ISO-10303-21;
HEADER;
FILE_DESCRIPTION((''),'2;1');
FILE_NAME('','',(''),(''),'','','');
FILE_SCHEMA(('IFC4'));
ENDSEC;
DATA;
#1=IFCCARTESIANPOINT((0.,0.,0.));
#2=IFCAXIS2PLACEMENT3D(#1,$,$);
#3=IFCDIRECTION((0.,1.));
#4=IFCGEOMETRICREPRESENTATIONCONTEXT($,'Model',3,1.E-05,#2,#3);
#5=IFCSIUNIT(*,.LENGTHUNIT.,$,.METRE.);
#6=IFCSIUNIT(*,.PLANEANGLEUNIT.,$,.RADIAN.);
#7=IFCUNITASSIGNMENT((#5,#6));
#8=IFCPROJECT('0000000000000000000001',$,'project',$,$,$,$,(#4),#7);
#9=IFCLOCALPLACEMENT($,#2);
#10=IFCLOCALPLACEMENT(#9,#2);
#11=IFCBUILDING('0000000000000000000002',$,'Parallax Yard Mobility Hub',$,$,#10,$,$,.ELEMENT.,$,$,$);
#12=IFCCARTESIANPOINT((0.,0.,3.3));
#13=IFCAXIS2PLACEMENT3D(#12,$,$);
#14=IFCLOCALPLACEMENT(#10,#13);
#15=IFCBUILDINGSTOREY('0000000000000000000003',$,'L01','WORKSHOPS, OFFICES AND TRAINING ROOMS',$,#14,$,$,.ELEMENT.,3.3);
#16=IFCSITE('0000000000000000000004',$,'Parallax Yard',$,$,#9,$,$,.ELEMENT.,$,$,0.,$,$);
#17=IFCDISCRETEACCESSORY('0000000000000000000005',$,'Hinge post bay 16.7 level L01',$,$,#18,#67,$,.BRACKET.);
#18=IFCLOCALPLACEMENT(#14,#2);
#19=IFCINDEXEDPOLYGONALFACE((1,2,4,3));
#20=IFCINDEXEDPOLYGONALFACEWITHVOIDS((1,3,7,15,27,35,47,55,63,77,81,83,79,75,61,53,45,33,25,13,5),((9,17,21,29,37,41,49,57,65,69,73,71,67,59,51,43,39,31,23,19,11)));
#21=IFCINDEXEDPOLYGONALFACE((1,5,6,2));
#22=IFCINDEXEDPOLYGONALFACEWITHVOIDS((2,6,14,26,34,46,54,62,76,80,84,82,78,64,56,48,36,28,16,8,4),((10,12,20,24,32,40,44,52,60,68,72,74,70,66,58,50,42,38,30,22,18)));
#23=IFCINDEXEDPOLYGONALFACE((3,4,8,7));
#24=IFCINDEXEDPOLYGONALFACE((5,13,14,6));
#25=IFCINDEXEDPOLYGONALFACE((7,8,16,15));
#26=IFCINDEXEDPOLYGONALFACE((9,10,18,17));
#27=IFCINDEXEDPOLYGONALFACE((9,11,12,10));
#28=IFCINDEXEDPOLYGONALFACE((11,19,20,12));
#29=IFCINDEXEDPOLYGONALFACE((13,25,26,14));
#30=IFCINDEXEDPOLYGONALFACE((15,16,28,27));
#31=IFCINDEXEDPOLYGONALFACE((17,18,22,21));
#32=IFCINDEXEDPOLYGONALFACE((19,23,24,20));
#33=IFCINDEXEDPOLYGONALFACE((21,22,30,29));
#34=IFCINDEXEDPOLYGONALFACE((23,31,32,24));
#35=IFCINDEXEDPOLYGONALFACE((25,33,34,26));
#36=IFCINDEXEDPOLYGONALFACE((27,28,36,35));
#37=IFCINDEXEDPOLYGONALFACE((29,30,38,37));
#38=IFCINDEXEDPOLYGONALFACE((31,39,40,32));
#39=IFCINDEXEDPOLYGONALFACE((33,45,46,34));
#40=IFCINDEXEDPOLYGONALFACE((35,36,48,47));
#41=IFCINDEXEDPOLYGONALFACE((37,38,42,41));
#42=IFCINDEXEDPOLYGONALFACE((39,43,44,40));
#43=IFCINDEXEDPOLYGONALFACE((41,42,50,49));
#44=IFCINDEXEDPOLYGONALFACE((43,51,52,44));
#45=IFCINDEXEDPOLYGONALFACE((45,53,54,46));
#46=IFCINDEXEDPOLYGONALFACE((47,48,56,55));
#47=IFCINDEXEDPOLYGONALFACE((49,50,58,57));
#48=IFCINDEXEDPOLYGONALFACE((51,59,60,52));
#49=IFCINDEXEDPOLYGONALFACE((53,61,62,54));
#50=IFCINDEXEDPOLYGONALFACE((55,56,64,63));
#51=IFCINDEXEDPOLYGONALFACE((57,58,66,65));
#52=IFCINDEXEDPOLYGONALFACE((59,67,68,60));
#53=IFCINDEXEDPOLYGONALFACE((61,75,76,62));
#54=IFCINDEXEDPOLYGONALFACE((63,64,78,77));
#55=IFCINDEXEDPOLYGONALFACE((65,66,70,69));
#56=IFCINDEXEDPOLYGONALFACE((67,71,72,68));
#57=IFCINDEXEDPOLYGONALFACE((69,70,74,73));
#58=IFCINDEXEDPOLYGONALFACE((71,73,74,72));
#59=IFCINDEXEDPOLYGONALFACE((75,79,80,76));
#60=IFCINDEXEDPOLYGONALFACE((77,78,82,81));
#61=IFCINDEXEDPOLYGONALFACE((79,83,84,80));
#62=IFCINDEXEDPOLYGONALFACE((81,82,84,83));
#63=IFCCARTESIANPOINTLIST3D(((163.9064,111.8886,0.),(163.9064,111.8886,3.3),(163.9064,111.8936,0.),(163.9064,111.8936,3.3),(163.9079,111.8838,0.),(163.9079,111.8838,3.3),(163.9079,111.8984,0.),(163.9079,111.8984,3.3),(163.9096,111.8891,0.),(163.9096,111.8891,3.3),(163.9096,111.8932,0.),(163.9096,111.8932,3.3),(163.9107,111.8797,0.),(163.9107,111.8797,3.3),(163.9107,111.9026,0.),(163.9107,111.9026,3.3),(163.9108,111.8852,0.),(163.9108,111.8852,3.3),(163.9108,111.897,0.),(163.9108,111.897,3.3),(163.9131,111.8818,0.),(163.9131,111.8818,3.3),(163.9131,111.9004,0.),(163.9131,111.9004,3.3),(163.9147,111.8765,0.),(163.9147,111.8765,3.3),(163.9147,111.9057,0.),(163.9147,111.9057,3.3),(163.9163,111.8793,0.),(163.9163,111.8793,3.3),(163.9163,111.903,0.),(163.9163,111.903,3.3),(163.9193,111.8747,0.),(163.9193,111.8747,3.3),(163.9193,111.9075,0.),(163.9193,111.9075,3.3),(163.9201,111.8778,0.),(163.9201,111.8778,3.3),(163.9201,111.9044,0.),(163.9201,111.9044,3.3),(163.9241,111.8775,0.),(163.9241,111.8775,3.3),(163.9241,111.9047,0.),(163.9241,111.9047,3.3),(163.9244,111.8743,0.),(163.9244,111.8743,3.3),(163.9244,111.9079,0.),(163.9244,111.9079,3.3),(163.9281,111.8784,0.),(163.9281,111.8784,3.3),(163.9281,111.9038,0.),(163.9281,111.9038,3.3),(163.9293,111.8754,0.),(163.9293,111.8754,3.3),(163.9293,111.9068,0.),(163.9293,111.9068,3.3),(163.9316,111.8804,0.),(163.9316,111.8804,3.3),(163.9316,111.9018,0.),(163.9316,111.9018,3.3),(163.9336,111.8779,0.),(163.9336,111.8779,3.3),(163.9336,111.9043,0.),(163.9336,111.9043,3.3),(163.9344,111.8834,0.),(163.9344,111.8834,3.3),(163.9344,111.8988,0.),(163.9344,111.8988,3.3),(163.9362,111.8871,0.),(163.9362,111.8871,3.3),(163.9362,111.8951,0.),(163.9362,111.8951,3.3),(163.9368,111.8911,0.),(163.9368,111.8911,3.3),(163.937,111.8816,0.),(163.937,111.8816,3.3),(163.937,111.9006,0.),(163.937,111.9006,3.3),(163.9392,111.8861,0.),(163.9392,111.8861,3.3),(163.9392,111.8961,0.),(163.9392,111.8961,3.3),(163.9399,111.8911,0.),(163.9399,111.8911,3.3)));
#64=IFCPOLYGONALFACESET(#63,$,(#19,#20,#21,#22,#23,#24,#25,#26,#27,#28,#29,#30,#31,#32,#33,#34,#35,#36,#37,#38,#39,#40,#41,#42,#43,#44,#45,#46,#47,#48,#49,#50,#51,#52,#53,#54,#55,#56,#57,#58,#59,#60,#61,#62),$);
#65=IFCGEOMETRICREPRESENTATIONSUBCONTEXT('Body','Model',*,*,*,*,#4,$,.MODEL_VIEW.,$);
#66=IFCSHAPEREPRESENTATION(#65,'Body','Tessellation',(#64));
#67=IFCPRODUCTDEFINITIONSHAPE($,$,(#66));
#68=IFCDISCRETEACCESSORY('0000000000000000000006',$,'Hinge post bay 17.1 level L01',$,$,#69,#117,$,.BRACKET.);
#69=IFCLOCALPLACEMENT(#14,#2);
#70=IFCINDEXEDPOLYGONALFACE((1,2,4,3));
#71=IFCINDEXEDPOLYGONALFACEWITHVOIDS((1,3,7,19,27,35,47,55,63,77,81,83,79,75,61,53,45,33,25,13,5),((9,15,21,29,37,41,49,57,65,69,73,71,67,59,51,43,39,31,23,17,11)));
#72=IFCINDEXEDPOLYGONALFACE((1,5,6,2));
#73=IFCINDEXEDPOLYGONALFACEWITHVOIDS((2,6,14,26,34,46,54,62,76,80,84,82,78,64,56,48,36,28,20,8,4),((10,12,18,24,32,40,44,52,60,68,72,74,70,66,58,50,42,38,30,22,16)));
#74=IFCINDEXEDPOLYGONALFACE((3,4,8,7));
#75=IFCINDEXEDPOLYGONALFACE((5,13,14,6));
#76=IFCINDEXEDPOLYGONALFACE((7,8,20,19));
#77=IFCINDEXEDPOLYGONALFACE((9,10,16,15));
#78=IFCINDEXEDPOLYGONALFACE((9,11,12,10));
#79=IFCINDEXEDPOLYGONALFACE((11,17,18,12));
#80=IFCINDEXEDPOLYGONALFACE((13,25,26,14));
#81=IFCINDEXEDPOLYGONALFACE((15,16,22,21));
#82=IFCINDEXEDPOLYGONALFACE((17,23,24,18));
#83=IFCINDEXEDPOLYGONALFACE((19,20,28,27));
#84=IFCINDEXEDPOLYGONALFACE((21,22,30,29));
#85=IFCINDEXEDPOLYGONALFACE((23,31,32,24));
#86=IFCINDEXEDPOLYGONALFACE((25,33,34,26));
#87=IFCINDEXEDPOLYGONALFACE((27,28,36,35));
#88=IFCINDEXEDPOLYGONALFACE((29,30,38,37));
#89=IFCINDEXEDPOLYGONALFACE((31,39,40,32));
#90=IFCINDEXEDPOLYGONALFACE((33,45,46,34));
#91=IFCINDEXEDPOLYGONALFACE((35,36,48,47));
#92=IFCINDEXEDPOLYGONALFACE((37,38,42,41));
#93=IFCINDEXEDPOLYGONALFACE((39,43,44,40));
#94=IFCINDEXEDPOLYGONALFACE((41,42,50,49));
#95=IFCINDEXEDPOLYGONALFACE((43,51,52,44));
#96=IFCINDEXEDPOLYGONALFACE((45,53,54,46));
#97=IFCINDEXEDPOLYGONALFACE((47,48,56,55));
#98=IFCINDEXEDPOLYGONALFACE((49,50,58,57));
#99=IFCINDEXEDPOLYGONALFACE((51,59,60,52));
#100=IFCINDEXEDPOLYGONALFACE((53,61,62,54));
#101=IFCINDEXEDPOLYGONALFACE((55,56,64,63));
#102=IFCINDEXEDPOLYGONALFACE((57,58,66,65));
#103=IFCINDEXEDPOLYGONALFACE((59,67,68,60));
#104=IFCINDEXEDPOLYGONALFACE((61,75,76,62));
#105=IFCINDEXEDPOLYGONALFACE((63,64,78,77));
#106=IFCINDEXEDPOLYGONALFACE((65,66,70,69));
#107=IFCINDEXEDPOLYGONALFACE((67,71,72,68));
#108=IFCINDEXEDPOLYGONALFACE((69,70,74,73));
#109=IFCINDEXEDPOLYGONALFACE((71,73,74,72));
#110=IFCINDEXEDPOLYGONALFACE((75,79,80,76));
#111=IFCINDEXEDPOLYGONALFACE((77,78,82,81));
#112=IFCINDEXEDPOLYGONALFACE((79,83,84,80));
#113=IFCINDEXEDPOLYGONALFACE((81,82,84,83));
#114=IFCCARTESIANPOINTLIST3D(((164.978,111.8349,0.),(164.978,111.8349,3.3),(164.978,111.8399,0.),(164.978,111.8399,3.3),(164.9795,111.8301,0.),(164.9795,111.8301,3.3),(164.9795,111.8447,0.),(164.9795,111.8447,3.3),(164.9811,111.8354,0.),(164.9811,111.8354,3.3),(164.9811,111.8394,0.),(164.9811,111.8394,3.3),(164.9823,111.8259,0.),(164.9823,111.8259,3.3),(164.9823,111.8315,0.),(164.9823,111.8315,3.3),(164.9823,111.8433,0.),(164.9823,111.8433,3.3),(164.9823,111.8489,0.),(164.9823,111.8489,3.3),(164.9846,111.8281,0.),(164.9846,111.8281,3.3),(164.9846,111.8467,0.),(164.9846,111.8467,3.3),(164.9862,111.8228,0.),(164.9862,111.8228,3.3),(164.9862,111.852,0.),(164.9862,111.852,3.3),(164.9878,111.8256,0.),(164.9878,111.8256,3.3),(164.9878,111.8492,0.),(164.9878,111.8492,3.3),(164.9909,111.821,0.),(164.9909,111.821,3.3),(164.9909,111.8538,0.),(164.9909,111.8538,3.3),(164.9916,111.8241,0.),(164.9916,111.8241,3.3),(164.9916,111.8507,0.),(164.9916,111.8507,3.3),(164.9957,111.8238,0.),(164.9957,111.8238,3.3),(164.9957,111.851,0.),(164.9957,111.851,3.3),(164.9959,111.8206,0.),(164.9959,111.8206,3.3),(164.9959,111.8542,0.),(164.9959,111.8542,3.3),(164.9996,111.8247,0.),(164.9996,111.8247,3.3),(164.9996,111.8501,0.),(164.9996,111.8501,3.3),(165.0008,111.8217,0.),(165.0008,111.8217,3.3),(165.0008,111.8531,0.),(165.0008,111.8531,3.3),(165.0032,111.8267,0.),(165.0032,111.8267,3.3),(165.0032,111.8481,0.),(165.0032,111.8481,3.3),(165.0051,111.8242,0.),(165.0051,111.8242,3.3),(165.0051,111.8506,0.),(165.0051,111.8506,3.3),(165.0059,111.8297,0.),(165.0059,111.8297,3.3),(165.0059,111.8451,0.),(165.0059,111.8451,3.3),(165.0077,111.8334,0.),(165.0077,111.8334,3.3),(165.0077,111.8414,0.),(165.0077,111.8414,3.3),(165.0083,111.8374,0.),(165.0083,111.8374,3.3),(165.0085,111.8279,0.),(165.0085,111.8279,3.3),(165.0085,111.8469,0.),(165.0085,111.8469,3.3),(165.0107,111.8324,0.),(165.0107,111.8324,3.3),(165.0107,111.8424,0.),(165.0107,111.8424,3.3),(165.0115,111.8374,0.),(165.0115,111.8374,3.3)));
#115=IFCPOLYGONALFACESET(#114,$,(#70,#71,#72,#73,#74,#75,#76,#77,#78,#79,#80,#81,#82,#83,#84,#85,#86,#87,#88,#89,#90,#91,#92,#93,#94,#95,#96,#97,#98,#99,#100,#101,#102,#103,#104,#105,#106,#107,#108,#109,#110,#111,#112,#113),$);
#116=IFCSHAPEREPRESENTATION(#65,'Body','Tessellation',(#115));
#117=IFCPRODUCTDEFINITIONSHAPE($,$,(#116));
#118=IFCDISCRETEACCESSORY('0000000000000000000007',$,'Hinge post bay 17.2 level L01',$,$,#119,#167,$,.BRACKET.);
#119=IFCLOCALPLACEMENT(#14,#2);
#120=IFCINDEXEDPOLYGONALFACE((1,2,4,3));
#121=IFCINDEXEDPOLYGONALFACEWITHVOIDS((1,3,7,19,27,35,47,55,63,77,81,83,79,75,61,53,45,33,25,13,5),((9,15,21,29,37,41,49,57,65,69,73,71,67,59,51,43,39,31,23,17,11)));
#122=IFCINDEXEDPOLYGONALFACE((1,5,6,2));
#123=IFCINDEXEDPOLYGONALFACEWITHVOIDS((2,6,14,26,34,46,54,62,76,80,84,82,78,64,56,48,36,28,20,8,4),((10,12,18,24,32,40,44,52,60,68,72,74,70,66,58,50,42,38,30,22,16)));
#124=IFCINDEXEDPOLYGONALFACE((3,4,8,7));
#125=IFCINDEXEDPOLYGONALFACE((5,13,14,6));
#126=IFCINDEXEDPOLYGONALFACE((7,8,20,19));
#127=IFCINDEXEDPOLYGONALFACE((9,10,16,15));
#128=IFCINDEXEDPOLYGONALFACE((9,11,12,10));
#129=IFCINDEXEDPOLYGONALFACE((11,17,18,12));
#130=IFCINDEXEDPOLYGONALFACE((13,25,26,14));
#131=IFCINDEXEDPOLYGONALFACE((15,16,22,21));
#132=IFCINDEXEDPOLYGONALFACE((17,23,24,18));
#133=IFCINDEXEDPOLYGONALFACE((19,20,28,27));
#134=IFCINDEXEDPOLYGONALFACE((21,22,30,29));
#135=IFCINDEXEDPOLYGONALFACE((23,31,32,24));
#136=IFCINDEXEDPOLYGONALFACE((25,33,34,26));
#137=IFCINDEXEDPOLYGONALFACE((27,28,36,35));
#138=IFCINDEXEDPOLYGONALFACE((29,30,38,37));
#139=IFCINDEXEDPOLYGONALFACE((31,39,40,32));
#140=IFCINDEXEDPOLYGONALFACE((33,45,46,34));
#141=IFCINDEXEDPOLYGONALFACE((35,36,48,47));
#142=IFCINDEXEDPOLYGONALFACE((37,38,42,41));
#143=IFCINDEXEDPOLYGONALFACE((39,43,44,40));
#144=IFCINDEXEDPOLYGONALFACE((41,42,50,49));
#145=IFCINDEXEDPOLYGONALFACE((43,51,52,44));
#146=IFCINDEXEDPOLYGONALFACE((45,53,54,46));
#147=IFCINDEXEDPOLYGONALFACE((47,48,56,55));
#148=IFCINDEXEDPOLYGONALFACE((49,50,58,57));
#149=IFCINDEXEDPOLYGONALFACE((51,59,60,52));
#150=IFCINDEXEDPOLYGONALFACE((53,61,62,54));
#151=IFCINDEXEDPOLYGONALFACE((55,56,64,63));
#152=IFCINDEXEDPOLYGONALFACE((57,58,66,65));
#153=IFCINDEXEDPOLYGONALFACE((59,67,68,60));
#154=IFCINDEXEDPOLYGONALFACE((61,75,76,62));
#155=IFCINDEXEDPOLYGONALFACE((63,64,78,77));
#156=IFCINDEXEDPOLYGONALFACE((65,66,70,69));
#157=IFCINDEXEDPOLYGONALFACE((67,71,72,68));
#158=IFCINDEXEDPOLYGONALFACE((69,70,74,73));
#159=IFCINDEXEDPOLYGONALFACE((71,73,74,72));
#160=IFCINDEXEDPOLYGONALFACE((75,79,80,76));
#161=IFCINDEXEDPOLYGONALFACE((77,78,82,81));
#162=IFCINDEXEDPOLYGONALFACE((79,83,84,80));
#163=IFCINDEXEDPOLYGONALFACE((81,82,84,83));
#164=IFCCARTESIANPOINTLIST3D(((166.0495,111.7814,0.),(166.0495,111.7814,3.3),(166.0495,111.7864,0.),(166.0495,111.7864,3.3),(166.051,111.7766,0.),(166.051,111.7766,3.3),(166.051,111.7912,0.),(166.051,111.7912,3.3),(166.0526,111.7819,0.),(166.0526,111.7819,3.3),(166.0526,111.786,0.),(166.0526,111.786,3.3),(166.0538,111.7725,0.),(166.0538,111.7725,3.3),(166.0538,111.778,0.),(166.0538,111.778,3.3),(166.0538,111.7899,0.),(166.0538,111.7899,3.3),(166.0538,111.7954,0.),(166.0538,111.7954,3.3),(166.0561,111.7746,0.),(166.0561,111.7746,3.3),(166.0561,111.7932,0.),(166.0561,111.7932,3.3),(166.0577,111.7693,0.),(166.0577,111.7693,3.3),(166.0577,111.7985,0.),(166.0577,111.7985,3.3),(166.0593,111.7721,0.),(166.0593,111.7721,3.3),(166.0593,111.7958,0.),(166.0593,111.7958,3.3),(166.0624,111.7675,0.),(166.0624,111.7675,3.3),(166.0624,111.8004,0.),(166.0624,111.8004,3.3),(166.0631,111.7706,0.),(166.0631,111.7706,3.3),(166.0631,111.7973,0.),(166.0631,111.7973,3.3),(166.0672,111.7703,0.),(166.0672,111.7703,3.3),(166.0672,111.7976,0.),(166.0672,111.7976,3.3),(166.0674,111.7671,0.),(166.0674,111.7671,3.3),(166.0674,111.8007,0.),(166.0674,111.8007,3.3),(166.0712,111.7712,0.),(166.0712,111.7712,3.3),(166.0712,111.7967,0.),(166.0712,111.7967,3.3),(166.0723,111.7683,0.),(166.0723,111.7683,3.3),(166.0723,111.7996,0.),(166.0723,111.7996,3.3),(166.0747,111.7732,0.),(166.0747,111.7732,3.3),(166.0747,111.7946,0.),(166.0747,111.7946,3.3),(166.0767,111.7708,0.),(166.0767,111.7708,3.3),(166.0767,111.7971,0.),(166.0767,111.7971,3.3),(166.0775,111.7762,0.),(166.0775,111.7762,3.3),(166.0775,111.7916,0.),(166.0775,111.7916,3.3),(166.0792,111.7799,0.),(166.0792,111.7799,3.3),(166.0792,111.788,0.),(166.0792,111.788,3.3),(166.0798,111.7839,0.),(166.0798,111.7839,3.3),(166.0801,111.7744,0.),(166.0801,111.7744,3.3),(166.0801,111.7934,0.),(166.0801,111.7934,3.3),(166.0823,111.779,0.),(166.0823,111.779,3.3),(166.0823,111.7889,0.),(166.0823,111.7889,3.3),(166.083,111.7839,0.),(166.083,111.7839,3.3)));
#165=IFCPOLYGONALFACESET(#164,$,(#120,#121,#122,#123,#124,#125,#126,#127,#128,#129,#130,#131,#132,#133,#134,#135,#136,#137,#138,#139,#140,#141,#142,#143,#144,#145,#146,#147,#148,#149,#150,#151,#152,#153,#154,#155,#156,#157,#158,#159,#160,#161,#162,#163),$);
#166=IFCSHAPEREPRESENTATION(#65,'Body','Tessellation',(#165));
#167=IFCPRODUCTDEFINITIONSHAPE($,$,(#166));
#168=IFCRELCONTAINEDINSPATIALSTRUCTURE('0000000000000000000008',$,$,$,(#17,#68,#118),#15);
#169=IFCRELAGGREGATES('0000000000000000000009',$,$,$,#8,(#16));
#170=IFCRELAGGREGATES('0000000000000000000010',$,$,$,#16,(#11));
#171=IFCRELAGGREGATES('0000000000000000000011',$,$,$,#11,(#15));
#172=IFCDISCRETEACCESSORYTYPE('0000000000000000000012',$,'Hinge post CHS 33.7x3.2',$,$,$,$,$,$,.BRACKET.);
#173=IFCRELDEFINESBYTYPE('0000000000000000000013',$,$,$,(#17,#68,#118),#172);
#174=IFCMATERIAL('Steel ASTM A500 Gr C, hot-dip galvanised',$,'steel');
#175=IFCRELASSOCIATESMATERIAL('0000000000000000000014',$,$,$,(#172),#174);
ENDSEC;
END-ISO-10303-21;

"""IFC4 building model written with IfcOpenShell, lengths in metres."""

from ifc_helpers import new_model, si_unit, direction, frame, origin, origin_2d, place, context, subcontext, project, spatial, hollow_circle, extrude, material, material_profile, profile_set, type_object, element, save


model = new_model("IFC4")

# Units and contexts
model_context = context("Model", 3, precision=1e-05, world=origin(), true_north=direction((0.0, 1.0)))
body_context = subcontext(model_context, "Body", "Model", "MODEL_VIEW")
ifc_project = project(units=[si_unit("LENGTHUNIT", "METRE"), si_unit("PLANEANGLEUNIT", "RADIAN")], contexts=[model_context])

# Site, building, storey
site_placement = place(None, origin())
site = spatial("IfcSite", under=ifc_project, at=site_placement, Name="Parallax Yard", CompositionType="ELEMENT", RefElevation=0.0)
building_placement = place(site_placement, origin())
building = spatial("IfcBuilding", under=site, at=building_placement, Name="Parallax Yard Mobility Hub", CompositionType="ELEMENT")
storey_placement = place(building_placement, frame((0.0, 0.0, 3.3)))
storey = spatial("IfcBuildingStorey", under=building, at=storey_placement, Name="L01", Description="WORKSHOPS, OFFICES AND TRAINING ROOMS", CompositionType="ELEMENT", Elevation=3.3)

# Discrete accessories
ifc_material_1 = material(Name="Steel ASTM A500 Gr C, hot-dip galvanised", Category="steel")
ifc_material_profile_1 = material_profile(ifc_material_1, hollow_circle(Radius=0.0168, WallThickness=0.0032, at=origin_2d()), Name="CHS 33.7x3.2")
ifc_profile_set_1 = profile_set([ifc_material_profile_1], Name="Steel ASTM A500 Gr C, hot-dip galvanised")
discrete_accessory_type_1 = type_object("IfcDiscreteAccessoryType", Name="Hinge post CHS 33.7x3.2", PredefinedType="BRACKET", material=ifc_profile_set_1)
for number, where, z_axis, x_axis, name in (
    (1, (163.9231, 111.8911, 0.0), (0.0, 0.0, 1.0), (1.0, 0.0, 0.0), "Hinge post bay 16.7 level L01"),
    (2, (164.9946, 111.8374, 0.0), (0.0, 0.0, 1.0), (1.0, 0.0, 0.0), "Hinge post bay 17.1 level L01"),
    (3, (166.0662, 111.7839, 0.0), (0.0, 0.0, 1.0), (1.0, 0.0, 0.0), "Hinge post bay 17.2 level L01"),
):
    element("IfcDiscreteAccessory", number, at=place(storey_placement, frame(where, z_axis=z_axis, x_axis=x_axis)), inside=storey, type_object=discrete_accessory_type_1, Name=name, PredefinedType="BRACKET", context=body_context, shape_type="SweptSolid", body=[
        extrude(hollow_circle(Radius=0.0168, WallThickness=0.0032, at=origin_2d()), origin(), (0.0, 0.0, 1.0), 3.3),
    ])

save(model, "model.ifc")
